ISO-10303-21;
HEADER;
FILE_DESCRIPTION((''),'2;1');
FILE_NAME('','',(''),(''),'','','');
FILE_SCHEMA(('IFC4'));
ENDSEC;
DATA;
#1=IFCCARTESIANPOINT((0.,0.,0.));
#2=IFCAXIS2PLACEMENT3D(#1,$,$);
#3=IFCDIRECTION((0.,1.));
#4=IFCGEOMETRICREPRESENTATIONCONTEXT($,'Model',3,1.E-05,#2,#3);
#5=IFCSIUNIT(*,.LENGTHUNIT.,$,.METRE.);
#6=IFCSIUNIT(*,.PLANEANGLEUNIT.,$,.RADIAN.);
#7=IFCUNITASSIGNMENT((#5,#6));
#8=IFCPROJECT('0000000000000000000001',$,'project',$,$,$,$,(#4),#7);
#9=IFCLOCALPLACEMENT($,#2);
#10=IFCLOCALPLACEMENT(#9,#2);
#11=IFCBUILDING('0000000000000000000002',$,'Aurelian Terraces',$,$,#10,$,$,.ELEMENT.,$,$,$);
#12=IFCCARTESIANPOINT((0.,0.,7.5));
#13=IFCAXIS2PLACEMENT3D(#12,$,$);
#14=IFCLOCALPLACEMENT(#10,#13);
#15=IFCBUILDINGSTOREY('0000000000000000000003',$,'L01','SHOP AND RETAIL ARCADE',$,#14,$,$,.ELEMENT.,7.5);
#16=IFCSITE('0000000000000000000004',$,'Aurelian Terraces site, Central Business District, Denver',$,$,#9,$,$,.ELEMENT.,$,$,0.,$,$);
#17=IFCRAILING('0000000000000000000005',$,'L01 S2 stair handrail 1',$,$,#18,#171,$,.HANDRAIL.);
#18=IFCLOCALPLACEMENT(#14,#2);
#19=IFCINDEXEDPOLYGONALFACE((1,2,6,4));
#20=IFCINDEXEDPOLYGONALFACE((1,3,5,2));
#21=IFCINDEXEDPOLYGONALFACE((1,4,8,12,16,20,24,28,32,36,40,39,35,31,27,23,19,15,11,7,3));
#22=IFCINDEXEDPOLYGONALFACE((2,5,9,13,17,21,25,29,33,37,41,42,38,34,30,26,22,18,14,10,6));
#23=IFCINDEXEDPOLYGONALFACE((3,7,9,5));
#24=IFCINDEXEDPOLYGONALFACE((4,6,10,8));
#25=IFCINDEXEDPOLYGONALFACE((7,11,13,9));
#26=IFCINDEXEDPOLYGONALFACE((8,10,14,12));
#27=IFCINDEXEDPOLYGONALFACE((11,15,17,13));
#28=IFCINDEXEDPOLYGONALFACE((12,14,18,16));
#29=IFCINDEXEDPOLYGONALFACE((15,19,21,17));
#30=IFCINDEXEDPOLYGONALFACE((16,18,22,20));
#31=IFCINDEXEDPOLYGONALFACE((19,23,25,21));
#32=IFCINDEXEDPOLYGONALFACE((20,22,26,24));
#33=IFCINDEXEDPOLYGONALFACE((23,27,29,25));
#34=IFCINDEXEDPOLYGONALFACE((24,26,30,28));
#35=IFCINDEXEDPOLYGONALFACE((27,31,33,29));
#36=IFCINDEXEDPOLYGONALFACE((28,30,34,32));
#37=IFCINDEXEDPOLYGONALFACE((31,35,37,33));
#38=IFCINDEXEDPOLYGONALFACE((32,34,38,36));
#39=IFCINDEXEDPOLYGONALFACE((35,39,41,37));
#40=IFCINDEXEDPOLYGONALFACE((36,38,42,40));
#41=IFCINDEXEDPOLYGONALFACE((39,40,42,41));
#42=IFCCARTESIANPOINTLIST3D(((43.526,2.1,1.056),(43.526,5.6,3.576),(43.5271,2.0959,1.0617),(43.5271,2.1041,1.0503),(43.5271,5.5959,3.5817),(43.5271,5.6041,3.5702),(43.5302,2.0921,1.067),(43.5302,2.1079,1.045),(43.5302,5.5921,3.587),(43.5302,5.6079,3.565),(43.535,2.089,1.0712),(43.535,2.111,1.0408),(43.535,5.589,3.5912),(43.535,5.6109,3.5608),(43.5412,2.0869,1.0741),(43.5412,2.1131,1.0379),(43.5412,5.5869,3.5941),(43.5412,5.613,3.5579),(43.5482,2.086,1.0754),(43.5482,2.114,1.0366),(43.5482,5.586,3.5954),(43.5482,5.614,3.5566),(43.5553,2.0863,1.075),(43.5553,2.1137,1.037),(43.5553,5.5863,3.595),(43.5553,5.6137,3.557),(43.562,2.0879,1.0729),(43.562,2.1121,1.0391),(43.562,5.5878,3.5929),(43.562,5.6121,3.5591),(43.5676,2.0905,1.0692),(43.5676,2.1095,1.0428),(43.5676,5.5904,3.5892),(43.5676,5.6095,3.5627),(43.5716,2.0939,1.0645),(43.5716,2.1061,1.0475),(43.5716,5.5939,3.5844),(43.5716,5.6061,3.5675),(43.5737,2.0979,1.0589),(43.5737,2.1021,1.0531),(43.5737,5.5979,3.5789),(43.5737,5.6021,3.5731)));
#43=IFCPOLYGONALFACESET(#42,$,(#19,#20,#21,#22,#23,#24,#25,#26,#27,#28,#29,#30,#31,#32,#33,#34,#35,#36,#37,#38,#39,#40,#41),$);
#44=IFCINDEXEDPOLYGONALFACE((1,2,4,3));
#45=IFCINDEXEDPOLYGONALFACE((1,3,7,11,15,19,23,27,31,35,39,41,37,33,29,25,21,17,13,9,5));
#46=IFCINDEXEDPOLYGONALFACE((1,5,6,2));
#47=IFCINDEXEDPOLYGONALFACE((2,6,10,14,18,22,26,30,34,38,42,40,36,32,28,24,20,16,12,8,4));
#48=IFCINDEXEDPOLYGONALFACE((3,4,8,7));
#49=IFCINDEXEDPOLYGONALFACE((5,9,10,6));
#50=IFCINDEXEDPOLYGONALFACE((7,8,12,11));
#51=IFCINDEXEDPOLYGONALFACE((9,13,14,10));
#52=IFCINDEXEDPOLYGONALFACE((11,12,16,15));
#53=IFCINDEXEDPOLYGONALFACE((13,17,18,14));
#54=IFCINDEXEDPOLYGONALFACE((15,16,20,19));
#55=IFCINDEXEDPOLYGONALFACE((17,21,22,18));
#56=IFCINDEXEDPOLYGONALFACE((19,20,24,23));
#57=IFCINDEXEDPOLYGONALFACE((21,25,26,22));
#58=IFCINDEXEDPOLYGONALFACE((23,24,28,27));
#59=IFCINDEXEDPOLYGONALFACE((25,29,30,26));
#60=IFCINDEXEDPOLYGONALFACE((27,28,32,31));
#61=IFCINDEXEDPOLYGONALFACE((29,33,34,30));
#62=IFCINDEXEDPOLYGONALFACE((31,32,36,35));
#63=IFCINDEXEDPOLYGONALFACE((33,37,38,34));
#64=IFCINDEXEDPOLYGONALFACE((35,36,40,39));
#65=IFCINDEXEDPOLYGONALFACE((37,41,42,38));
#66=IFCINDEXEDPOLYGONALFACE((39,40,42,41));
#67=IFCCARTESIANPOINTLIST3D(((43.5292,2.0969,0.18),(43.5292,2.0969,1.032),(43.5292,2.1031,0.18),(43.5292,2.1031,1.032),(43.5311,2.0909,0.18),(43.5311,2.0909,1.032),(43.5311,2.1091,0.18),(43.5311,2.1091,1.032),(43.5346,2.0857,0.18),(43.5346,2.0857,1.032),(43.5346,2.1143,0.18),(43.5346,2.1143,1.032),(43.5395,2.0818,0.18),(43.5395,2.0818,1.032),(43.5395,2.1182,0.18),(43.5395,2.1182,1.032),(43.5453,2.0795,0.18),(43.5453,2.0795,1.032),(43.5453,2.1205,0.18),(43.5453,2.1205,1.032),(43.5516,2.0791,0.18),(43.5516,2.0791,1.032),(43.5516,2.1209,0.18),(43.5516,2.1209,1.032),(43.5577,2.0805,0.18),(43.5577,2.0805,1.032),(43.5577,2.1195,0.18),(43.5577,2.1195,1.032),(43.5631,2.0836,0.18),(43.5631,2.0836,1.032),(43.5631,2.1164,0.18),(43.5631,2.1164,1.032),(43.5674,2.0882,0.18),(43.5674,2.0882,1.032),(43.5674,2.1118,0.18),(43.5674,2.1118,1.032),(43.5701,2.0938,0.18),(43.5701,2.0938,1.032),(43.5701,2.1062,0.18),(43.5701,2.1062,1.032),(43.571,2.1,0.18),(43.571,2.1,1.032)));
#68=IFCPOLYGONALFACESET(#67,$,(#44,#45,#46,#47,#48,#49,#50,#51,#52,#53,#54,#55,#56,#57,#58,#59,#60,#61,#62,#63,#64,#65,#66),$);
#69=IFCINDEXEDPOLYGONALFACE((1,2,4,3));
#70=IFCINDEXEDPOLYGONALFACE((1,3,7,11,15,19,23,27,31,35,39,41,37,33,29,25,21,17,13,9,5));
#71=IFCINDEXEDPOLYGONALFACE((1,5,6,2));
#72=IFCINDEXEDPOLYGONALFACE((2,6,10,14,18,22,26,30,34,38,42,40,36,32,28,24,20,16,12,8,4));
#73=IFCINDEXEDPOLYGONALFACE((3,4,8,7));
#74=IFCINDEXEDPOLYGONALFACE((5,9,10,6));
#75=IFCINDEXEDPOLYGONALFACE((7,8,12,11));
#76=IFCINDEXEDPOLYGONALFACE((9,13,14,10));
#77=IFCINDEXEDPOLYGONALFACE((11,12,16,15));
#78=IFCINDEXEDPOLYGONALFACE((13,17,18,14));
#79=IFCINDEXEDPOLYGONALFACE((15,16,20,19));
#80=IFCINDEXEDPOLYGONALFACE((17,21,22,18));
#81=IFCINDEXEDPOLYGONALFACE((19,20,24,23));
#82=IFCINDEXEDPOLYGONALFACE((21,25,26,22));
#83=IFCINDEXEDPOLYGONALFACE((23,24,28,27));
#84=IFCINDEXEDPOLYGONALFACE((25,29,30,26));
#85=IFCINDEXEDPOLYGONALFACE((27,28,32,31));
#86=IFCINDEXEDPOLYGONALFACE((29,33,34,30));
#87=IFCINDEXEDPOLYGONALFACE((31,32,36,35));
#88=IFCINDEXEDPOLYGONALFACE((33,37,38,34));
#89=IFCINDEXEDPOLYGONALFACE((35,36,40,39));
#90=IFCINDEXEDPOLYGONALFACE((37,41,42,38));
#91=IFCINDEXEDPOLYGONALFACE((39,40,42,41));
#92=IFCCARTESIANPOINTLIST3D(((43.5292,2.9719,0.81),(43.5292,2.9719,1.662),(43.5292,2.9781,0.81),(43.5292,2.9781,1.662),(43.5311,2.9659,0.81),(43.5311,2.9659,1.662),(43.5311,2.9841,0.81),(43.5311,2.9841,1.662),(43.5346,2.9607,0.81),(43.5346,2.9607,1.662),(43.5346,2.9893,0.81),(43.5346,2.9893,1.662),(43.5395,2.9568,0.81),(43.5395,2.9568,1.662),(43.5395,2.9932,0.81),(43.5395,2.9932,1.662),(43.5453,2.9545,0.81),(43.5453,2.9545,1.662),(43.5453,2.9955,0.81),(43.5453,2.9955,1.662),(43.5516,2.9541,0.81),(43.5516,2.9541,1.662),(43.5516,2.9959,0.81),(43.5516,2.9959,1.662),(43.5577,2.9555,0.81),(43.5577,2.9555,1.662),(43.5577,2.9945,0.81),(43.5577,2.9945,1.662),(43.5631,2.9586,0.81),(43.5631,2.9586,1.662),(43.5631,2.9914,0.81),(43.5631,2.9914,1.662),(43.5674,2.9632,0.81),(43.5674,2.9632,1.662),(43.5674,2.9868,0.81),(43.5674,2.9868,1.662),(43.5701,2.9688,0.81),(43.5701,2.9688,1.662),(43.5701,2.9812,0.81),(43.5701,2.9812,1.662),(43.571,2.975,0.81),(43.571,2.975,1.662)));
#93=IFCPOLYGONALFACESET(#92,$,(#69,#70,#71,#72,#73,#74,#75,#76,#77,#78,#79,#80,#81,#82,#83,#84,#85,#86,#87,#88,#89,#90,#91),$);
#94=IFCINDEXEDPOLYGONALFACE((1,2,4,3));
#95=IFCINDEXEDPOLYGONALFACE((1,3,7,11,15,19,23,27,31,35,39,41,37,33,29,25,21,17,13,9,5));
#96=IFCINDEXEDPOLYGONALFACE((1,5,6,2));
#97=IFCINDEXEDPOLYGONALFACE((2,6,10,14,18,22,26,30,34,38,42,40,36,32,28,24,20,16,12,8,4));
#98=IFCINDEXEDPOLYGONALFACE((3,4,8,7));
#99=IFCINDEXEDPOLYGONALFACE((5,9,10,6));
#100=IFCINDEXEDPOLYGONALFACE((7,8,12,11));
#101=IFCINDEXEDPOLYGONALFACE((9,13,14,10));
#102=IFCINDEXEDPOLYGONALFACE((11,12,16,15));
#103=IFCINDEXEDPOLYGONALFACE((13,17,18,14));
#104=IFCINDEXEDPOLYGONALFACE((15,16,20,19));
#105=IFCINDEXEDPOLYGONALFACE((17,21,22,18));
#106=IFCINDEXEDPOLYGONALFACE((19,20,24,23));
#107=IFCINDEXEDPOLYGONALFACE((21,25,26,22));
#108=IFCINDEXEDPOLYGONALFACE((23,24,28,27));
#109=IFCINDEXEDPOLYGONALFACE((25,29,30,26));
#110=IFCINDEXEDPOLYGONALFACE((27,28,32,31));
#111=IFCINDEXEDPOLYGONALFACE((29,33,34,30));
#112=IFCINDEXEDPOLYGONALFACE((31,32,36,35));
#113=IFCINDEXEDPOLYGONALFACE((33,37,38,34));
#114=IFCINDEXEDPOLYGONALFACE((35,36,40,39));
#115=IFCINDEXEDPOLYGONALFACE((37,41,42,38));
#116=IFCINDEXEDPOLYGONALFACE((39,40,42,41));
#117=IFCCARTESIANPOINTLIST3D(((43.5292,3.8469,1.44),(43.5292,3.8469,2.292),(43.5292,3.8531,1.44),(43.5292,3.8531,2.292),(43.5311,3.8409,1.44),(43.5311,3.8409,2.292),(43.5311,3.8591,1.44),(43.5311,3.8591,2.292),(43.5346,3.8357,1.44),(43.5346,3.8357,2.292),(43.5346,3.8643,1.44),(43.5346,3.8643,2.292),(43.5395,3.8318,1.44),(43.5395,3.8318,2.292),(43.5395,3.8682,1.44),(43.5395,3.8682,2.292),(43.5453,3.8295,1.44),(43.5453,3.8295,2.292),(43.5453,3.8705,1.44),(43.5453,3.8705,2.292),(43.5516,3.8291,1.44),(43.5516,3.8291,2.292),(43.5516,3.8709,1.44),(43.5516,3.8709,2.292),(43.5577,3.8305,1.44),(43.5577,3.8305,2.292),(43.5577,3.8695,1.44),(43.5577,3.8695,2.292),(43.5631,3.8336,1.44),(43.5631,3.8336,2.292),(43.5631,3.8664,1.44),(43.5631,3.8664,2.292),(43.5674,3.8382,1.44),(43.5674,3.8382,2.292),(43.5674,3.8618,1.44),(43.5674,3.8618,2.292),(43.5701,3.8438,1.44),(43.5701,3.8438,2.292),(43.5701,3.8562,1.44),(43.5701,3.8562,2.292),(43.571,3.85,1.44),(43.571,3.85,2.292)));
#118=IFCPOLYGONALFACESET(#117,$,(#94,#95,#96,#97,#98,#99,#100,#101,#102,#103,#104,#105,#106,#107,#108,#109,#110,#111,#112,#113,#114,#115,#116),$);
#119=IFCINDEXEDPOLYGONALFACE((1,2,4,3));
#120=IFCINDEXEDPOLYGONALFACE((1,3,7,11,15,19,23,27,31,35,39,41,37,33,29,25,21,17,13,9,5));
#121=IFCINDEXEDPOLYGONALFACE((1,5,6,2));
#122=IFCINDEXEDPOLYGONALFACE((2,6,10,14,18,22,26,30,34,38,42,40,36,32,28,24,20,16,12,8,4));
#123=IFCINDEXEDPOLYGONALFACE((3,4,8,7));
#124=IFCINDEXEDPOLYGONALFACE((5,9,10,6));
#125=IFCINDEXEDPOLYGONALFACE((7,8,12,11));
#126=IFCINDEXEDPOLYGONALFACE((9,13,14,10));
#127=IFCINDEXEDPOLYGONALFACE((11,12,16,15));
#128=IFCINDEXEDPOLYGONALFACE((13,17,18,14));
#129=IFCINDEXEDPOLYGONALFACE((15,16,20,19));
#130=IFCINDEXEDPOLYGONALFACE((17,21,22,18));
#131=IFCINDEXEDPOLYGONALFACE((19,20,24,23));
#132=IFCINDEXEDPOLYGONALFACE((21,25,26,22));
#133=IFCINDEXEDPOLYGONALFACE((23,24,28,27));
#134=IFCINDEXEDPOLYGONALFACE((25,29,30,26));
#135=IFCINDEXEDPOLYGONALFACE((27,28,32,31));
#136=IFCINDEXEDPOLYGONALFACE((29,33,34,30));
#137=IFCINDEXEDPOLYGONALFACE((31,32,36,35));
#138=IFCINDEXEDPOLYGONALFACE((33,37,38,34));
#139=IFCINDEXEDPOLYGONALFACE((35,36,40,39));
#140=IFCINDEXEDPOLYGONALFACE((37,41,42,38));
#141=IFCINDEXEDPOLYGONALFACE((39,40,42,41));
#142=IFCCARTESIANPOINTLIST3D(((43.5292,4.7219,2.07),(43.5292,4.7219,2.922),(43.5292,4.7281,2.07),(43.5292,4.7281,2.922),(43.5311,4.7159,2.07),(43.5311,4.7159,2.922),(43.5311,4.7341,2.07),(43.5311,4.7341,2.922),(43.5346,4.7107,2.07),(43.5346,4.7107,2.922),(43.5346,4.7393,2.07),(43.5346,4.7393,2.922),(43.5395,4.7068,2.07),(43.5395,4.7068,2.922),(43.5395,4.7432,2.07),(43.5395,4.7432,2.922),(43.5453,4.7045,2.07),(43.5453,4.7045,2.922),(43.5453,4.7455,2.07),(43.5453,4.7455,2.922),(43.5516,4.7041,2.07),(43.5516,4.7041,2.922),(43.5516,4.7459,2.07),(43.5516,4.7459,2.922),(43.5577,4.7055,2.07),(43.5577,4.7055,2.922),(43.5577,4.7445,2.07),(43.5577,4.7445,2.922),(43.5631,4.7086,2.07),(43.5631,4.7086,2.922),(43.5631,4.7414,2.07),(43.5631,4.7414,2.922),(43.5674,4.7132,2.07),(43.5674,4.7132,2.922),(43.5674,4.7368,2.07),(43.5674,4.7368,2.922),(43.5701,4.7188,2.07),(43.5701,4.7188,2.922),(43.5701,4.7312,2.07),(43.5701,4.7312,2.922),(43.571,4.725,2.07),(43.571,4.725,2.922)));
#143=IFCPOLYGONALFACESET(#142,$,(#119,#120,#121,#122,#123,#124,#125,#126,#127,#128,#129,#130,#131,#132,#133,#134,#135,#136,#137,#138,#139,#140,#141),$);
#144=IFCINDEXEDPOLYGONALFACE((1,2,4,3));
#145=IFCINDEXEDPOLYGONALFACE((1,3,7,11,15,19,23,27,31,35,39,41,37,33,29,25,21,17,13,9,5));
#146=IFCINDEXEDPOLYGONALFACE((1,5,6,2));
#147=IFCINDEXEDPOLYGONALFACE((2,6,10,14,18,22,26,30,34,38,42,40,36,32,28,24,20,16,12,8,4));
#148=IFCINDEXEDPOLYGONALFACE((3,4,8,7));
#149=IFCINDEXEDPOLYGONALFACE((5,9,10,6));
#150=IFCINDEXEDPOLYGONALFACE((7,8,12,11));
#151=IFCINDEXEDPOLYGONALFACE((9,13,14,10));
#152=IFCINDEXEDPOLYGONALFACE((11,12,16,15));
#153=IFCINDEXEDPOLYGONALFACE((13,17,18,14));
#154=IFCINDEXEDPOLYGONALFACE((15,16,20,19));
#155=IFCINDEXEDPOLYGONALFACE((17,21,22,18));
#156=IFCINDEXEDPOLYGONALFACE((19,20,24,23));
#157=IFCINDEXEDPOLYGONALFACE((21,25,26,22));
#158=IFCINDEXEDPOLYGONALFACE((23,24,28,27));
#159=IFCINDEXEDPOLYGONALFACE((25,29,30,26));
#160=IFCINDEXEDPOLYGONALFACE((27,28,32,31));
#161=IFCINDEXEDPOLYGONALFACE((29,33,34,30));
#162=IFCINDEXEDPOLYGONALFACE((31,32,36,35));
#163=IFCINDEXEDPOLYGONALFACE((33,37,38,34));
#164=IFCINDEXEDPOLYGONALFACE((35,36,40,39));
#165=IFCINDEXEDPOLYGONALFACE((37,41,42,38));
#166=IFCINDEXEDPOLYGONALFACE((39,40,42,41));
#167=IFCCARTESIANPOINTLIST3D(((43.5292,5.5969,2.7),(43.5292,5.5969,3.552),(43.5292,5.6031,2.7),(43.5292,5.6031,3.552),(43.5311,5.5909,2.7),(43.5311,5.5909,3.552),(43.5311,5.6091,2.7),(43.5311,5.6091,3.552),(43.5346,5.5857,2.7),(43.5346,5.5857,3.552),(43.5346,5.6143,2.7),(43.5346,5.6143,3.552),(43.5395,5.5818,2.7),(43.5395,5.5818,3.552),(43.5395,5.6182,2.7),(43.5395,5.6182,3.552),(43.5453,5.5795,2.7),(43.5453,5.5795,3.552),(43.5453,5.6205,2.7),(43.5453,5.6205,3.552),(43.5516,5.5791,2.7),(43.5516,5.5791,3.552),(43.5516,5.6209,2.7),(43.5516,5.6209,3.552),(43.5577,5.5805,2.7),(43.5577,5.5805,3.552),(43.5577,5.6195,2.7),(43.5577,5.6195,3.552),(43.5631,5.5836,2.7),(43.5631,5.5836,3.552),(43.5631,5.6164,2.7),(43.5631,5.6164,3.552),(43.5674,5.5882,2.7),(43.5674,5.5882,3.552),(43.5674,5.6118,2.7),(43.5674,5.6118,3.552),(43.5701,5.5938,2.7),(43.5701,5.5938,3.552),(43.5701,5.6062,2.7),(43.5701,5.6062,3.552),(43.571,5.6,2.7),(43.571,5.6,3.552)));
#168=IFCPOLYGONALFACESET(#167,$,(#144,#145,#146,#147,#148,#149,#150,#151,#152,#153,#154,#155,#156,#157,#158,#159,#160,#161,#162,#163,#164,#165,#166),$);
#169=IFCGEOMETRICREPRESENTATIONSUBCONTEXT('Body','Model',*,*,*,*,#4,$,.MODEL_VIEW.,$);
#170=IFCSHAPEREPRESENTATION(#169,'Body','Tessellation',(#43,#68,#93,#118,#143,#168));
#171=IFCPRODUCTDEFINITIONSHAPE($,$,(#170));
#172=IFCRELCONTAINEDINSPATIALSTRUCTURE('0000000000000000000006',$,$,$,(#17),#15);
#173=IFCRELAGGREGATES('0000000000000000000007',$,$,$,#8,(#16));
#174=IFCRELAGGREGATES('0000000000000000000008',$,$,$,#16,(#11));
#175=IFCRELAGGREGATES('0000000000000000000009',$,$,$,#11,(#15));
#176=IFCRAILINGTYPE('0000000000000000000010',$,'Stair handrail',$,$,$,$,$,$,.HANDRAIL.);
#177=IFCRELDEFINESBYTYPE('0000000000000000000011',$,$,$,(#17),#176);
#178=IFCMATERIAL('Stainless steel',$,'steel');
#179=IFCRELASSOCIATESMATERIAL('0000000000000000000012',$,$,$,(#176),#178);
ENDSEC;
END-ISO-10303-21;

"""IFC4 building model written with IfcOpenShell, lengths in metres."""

from ifc_helpers import new_model, si_unit, direction, frame, origin, origin_2d, place, context, subcontext, project, spatial, circle, extrude, source, transform, mapped, material, type_object, element, save


model = new_model("IFC4")

# Units and contexts
model_context = context("Model", 3, precision=1e-05, world=origin(), true_north=direction((0.0, 1.0)))
body_context = subcontext(model_context, "Body", "Model", "MODEL_VIEW")
ifc_project = project(units=[si_unit("LENGTHUNIT", "METRE"), si_unit("PLANEANGLEUNIT", "RADIAN")], contexts=[model_context])

# Site, building, storey
site_placement = place(None, origin())
site = spatial("IfcSite", under=ifc_project, at=site_placement, Name="Aurelian Terraces site, Central Business District, Denver", CompositionType="ELEMENT", RefElevation=0.0)
building_placement = place(site_placement, origin())
building = spatial("IfcBuilding", under=site, at=building_placement, Name="Aurelian Terraces", CompositionType="ELEMENT")
storey_placement = place(building_placement, frame((0.0, 0.0, 7.5)))
storey = spatial("IfcBuildingStorey", under=building, at=storey_placement, Name="L01", Description="SHOP AND RETAIL ARCADE", CompositionType="ELEMENT", Elevation=7.5)

# Railing
ifc_material_1 = material(Name="Stainless steel", Category="steel")
railing_type_1 = type_object("IfcRailingType", Name="Stair handrail", PredefinedType="HANDRAIL", material=ifc_material_1)
shared_shape_1 = source(origin(), body_context, "Body", "SweptSolid", [
    extrude(circle(Radius=0.024, at=origin_2d()), frame((0.0, 0.0, 0.876), z_axis=(0.0, 0.811534, 0.584305), x_axis=(-1.0, 0.0, 0.0)), (0.0, 0.0, 1.0), 4.3128),
    extrude(circle(Radius=0.021, at=origin_2d()), origin(), (0.0, 0.0, 1.0), 0.852),
    extrude(circle(Radius=0.021, at=origin_2d()), frame((0.0, 0.875, 0.63)), (0.0, 0.0, 1.0), 0.852),
    extrude(circle(Radius=0.021, at=origin_2d()), frame((0.0, 1.75, 1.26)), (0.0, 0.0, 1.0), 0.852),
    extrude(circle(Radius=0.021, at=origin_2d()), frame((0.0, 2.625, 1.89)), (0.0, 0.0, 1.0), 0.852),
    extrude(circle(Radius=0.021, at=origin_2d()), frame((0.0, 3.5, 2.52)), (0.0, 0.0, 1.0), 0.852),
])
railing_1_placement = place(storey_placement, frame((43.55, 2.1, 0.18)))
element("IfcRailing", 1, at=railing_1_placement, inside=storey, type_object=railing_type_1, Name="L01 S2 stair handrail 1", PredefinedType="HANDRAIL", context=body_context, shape_type="MappedRepresentation", body=[
    mapped(shared_shape_1, transform((0.0, 0.0, 0.0), scale=1.0)),
])

save(model, "model.ifc")
